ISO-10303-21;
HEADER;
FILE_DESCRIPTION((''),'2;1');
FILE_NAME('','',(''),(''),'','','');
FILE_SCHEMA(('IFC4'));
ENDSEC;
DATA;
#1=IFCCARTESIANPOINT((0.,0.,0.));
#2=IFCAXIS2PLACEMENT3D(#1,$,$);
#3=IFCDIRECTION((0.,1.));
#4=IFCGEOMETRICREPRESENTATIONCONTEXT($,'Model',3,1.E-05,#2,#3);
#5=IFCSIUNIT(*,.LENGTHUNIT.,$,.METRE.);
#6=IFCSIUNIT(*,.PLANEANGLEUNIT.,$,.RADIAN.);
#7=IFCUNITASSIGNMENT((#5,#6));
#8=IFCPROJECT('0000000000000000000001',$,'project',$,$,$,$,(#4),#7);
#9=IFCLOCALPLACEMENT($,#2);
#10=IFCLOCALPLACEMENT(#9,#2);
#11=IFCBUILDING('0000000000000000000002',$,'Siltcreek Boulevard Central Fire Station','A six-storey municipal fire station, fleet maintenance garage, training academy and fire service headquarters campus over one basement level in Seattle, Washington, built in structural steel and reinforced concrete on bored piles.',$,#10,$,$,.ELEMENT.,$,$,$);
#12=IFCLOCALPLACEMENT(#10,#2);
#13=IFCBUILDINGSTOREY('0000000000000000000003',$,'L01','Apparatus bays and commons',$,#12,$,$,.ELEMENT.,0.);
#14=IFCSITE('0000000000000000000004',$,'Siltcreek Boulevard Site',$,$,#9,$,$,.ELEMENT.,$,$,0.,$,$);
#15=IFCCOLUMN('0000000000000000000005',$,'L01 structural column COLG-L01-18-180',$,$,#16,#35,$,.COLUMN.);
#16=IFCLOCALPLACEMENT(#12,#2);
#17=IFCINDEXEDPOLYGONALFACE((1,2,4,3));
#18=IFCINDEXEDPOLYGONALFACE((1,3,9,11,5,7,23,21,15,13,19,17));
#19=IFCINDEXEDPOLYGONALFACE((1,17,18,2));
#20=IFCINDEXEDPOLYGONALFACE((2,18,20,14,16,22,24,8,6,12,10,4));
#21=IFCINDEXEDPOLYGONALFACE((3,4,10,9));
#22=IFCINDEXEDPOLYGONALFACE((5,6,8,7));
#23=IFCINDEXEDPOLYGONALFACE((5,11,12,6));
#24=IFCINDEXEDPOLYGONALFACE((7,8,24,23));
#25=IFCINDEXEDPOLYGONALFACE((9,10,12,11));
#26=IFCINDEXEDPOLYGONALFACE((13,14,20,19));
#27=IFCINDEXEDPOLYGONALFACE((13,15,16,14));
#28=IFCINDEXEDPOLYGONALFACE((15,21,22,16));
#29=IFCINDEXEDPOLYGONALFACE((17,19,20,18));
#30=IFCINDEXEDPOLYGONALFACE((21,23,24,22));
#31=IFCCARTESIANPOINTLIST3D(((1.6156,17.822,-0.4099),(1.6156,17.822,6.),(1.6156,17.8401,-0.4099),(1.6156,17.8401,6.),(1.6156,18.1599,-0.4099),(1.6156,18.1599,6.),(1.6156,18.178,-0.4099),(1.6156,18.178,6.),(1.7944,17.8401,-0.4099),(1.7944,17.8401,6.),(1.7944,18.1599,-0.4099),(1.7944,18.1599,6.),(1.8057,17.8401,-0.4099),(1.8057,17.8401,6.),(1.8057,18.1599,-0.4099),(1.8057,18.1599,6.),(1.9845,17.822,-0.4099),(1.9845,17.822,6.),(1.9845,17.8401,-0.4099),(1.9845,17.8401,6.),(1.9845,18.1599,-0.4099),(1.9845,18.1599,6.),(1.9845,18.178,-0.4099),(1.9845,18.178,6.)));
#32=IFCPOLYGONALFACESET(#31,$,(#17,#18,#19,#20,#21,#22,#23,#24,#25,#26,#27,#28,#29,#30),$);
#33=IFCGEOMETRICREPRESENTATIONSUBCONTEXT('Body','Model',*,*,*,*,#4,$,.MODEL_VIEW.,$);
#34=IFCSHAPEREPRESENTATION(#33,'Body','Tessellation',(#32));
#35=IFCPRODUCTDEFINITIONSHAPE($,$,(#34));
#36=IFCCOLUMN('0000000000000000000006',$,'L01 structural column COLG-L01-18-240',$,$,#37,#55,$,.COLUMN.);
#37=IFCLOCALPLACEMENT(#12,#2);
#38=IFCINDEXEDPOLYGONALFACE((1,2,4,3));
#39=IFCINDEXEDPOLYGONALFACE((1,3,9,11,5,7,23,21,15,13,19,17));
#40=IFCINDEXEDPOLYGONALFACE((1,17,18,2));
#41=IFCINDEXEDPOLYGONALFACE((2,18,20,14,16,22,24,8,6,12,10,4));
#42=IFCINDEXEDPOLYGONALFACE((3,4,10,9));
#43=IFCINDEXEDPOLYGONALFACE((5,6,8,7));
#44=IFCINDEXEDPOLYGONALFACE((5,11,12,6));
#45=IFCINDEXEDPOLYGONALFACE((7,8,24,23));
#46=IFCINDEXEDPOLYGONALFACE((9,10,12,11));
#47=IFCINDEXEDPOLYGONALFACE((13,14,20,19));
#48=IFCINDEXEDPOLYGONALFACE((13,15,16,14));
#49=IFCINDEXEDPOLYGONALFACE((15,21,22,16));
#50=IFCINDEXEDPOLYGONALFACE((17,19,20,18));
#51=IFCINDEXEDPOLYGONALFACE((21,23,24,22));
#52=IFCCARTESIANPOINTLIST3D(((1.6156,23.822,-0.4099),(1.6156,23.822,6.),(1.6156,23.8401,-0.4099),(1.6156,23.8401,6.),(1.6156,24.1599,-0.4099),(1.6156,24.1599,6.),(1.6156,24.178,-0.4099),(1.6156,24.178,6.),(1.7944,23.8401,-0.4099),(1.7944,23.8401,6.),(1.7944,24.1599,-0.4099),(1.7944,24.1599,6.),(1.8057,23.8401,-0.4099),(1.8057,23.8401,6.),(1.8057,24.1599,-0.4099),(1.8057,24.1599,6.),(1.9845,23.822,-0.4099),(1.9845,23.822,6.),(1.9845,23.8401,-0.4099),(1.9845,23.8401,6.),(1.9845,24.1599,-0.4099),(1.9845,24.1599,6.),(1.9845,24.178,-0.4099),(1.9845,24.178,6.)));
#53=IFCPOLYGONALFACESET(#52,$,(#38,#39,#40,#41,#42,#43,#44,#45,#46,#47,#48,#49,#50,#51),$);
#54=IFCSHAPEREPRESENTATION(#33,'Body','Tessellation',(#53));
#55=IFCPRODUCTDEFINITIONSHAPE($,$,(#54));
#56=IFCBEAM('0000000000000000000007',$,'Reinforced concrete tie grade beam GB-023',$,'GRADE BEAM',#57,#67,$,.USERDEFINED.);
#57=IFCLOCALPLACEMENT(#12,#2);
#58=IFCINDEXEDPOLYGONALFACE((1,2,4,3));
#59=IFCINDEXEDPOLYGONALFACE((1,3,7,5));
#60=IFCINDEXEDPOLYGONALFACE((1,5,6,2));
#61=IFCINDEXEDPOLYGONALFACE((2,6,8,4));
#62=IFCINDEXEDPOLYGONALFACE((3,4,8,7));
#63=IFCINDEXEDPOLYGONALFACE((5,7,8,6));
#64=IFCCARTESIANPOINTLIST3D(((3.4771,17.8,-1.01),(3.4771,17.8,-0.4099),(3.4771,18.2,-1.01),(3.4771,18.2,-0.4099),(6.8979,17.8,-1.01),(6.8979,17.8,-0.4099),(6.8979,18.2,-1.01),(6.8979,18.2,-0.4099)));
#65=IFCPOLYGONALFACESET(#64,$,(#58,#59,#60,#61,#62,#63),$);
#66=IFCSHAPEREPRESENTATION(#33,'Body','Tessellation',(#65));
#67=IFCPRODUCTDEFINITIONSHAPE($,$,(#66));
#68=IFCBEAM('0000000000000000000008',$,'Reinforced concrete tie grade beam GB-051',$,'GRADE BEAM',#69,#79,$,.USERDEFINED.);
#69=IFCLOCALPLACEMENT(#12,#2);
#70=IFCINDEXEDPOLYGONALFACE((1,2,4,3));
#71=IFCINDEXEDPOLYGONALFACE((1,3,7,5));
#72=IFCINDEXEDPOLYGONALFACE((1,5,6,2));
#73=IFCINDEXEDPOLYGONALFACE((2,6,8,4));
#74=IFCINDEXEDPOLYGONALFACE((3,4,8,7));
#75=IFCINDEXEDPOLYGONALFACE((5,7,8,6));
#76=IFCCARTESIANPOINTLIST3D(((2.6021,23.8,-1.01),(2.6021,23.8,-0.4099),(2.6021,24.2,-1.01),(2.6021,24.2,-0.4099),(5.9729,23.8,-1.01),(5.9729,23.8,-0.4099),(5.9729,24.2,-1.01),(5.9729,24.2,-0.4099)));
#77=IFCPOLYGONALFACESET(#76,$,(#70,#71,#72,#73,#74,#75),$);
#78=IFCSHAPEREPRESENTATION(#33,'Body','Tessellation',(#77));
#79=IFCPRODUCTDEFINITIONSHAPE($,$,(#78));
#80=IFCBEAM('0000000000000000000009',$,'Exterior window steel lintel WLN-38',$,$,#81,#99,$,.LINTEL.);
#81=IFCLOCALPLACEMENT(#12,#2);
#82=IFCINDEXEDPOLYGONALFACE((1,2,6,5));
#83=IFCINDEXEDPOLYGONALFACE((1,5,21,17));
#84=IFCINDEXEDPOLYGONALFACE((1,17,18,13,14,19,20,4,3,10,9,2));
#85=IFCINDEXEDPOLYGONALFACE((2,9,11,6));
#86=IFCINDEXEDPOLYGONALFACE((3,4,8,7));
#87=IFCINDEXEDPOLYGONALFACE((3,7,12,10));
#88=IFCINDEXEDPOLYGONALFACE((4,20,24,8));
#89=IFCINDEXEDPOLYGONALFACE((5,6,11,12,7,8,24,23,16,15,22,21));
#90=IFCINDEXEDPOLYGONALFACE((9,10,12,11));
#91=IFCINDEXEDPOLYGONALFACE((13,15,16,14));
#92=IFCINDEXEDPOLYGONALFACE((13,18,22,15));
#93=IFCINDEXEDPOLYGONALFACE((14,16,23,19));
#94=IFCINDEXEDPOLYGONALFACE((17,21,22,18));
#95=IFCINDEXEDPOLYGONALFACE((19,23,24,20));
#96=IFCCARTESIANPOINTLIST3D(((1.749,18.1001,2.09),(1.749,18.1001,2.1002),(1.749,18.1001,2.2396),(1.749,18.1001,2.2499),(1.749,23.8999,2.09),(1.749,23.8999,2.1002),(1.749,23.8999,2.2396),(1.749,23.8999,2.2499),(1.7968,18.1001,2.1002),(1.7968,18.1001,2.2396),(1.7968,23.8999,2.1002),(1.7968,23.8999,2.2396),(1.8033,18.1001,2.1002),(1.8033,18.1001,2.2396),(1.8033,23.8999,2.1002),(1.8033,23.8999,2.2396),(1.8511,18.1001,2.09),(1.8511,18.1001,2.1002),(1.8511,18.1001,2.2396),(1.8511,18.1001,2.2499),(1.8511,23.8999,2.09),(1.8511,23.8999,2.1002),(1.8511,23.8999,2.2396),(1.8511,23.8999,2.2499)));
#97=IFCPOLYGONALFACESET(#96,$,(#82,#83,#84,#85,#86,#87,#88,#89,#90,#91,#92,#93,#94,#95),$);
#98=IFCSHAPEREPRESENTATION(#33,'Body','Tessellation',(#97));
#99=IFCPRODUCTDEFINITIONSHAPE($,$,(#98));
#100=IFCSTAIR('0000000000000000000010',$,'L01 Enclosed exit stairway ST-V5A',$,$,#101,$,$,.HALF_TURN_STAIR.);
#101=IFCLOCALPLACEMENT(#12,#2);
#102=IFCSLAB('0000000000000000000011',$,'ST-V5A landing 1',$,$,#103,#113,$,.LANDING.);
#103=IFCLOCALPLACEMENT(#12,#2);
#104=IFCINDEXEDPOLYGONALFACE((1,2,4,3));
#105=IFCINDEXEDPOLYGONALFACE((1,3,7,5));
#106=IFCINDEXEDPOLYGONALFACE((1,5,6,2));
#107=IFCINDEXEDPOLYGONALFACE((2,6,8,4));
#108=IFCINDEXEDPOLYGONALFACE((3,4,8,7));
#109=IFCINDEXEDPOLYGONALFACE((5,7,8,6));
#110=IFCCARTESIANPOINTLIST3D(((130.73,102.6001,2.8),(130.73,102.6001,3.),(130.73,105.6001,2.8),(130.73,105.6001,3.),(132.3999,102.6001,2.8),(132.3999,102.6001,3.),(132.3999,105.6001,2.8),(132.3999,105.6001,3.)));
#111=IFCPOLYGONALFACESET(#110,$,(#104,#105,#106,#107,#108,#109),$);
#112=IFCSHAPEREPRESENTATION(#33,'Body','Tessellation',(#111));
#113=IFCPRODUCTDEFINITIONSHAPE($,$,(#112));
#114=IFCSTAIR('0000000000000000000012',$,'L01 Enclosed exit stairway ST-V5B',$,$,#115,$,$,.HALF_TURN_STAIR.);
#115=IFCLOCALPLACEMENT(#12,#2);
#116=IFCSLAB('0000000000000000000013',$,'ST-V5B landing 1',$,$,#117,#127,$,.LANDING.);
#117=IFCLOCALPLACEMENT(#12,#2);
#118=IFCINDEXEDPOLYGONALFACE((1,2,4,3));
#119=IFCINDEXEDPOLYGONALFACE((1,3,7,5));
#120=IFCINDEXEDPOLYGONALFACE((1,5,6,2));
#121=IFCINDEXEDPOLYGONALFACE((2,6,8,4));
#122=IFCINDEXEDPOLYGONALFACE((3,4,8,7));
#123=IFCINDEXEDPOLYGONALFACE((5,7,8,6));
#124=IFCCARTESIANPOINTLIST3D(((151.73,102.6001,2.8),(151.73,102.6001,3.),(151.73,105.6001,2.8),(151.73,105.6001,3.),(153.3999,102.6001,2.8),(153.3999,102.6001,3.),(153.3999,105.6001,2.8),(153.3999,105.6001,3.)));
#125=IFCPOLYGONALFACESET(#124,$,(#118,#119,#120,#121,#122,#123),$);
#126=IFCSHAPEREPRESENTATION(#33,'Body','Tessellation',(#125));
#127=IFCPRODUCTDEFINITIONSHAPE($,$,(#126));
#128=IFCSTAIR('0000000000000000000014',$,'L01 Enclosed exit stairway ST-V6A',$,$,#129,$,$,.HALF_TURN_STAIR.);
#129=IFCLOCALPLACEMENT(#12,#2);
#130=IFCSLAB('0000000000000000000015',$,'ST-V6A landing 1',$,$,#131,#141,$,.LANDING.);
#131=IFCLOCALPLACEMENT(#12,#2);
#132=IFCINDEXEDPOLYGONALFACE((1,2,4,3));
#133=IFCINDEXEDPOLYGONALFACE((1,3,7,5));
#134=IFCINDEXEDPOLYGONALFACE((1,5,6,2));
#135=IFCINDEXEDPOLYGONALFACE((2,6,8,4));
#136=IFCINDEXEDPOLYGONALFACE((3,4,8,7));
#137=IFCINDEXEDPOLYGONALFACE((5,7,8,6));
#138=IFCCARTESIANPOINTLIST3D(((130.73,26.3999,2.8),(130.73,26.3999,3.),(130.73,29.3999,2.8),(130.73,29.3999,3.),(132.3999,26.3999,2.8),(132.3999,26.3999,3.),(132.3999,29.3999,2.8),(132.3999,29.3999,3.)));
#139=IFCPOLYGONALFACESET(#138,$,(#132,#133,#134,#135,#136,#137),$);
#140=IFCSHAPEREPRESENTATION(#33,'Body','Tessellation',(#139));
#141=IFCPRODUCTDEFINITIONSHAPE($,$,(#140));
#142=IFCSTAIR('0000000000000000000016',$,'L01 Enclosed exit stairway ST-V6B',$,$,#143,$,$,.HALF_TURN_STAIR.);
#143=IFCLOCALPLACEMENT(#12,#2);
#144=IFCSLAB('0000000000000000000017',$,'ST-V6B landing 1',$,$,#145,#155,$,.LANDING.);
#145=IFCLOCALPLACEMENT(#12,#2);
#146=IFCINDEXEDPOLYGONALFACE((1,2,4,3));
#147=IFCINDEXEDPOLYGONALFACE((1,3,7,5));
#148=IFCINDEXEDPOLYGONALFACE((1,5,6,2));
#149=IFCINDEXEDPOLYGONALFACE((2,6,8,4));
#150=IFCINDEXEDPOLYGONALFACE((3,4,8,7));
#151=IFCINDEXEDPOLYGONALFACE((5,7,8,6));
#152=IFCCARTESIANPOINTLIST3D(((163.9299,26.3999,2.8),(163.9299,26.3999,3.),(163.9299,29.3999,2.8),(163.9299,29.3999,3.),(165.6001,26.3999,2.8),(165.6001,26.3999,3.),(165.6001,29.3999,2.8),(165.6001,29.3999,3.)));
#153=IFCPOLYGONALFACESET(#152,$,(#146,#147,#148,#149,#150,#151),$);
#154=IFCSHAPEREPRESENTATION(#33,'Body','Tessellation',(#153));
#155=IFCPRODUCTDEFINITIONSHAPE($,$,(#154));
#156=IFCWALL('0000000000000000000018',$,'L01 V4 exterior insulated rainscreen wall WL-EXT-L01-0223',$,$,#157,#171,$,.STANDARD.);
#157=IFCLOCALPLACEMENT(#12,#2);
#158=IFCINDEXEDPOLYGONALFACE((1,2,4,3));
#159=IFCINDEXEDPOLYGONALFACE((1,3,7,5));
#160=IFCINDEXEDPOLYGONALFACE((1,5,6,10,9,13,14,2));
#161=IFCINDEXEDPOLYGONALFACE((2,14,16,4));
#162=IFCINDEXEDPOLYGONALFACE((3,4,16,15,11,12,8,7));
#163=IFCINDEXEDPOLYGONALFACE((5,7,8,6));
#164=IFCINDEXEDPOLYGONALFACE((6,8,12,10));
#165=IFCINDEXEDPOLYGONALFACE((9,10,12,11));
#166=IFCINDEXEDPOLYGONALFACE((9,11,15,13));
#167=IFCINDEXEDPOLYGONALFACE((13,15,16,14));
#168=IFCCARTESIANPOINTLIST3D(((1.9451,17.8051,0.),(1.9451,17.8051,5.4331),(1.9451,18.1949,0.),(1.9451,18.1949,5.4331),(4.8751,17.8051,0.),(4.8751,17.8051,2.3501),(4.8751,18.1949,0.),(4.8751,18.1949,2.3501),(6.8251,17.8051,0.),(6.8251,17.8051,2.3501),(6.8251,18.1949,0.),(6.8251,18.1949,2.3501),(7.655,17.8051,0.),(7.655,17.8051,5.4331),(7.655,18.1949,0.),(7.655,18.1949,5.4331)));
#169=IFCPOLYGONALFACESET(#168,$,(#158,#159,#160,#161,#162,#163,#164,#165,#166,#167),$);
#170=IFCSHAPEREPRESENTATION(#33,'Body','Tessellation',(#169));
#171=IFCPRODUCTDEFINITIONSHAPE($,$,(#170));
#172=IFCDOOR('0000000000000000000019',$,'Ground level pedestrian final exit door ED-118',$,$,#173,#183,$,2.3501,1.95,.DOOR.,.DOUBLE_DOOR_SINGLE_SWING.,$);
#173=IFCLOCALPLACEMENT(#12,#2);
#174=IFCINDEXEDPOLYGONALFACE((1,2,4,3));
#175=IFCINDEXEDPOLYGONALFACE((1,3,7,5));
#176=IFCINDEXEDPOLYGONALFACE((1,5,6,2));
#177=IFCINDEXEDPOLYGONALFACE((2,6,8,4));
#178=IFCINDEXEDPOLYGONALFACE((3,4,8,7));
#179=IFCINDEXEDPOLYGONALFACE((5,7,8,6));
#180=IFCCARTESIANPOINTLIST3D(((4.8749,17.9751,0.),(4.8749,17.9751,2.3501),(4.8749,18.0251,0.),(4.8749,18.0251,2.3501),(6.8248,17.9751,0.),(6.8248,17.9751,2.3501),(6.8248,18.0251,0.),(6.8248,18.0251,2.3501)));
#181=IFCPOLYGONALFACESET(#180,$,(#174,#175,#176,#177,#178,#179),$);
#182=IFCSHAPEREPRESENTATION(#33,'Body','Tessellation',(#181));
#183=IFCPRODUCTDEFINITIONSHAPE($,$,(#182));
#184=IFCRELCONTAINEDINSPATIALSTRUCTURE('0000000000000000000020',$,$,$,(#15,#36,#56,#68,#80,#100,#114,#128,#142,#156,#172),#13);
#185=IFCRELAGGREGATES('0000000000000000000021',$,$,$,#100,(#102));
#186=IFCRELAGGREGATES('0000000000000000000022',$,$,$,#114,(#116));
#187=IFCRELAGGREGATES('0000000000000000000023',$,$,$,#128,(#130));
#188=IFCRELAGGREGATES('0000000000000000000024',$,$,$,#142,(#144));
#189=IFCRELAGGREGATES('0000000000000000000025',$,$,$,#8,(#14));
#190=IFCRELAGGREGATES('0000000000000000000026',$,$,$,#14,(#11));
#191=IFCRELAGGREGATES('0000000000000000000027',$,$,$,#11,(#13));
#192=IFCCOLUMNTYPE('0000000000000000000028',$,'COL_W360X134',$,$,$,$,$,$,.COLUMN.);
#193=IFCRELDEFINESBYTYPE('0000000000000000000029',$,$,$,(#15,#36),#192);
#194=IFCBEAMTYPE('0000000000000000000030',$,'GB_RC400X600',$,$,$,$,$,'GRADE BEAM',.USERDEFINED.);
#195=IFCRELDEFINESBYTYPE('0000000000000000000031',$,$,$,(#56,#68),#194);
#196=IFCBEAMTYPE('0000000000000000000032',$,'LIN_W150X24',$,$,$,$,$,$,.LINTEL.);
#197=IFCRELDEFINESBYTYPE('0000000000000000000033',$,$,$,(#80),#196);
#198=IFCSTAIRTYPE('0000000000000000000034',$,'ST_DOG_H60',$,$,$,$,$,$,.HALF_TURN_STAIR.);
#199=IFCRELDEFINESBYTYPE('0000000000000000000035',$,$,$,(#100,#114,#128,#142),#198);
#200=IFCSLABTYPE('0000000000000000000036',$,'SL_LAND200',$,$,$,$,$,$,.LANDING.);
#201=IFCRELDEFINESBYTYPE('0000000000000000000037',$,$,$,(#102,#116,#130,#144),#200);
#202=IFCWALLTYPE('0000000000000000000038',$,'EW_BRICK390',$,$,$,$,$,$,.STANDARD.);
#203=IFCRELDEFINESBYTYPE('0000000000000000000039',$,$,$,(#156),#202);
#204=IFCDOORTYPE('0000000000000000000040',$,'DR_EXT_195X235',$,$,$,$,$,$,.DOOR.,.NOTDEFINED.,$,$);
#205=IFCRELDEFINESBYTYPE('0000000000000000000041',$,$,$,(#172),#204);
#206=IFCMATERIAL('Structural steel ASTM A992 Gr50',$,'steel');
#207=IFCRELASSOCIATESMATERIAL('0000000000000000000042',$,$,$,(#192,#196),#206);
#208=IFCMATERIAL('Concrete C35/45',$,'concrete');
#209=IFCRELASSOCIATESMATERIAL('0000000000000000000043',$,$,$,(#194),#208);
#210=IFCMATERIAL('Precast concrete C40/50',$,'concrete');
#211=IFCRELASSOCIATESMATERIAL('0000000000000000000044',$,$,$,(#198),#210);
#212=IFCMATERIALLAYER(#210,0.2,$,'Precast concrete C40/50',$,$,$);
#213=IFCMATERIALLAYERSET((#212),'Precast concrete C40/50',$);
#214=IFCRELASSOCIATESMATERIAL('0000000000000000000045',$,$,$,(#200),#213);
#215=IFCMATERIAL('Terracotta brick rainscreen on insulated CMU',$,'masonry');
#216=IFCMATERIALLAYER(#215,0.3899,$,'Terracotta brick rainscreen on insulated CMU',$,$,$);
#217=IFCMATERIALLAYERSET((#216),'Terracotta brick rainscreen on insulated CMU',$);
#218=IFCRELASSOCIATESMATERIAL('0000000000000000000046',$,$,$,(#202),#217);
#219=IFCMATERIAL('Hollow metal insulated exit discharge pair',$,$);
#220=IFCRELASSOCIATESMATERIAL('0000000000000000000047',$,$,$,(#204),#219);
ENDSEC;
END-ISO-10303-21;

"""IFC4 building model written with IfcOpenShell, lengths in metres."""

from ifc_helpers import new_model, si_unit, direction, frame, frame_2d, origin, origin_2d, place, context, subcontext, project, spatial, polyline, rectangle, i_section, outline, extrude, material, layer, layer_set, material_profile, profile_set, type_object, element, fill, aggregate, save


model = new_model("IFC4")

# Units and contexts
model_context = context("Model", 3, precision=1e-05, world=origin(), true_north=direction((0.0, 1.0)))
body_context = subcontext(model_context, "Body", "Model", "MODEL_VIEW")
ifc_project = project(units=[si_unit("LENGTHUNIT", "METRE"), si_unit("PLANEANGLEUNIT", "RADIAN")], contexts=[model_context])

# Site, building, storey
site_placement = place(None, origin())
site = spatial("IfcSite", under=ifc_project, at=site_placement, Name="Siltcreek Boulevard Site", CompositionType="ELEMENT", RefElevation=0.0)
building_placement = place(site_placement, origin())
building = spatial("IfcBuilding", under=site, at=building_placement, Name="Siltcreek Boulevard Central Fire Station", Description="A six-storey municipal fire station, fleet maintenance garage, training academy and fire service headquarters campus over one basement level in Seattle, Washington, built in structural steel and reinforced concrete on bored piles.", CompositionType="ELEMENT")
storey_placement = place(building_placement, origin())
storey = spatial("IfcBuildingStorey", under=building, at=storey_placement, Name="L01", Description="Apparatus bays and commons", CompositionType="ELEMENT", Elevation=0.0)

# Shared definitions
ifc_material_1 = material(Name="Concrete C35/45", Category="concrete")

# Columns
ifc_material_2 = material(Name="Structural steel ASTM A992 Gr50", Category="steel")
ifc_material_profile_1 = material_profile(ifc_material_2, i_section(OverallWidth=0.3689, OverallDepth=0.356, WebThickness=0.0112, FlangeThickness=0.0181, at=origin_2d()), Name="W360X134")
ifc_profile_set_1 = profile_set([ifc_material_profile_1], Name="Structural steel ASTM A992 Gr50")
column_type = type_object("IfcColumnType", Name="COL_W360X134", PredefinedType="COLUMN", material=ifc_profile_set_1)
for number, where, z_axis, x_axis, name in (
    (1, (1.8, 18.0, -0.4099), (0.0, 0.0, 1.0), (1.0, 0.0, 0.0), "L01 structural column COLG-L01-18-180"),
    (2, (1.8, 24.0, -0.4099), (0.0, 0.0, 1.0), (1.0, 0.0, 0.0), "L01 structural column COLG-L01-18-240"),
):
    element("IfcColumn", number, at=place(storey_placement, frame(where, z_axis=z_axis, x_axis=x_axis)), inside=storey, type_object=column_type, Name=name, PredefinedType="COLUMN", context=body_context, shape_type="SweptSolid", body=[
        extrude(i_section(OverallWidth=0.3689, OverallDepth=0.356, WebThickness=0.0112, FlangeThickness=0.0181, at=origin_2d()), origin(), (0.0, 0.0, 1.0), 6.4099),
    ])

# Beams
ifc_material_profile_2 = material_profile(ifc_material_1, rectangle(XDim=0.3999, YDim=0.6001, at=origin_2d()), Name="RC400X600")
ifc_profile_set_2 = profile_set([ifc_material_profile_2], Name="Concrete C35/45")
beam_type_1 = type_object("IfcBeamType", Name="GB_RC400X600", ElementType="GRADE BEAM", PredefinedType="USERDEFINED", material=ifc_profile_set_2)
beam_1_placement = place(storey_placement, frame((3.4771, 18.0, -0.71), z_axis=(1.0, 0.0, 0.0), x_axis=(0.0, 1.0, 0.0)))
element("IfcBeam", 3, at=beam_1_placement, inside=storey, type_object=beam_type_1, Name="Reinforced concrete tie grade beam GB-023", ObjectType="GRADE BEAM", PredefinedType="USERDEFINED", context=body_context, shape_type="SweptSolid", body=[
    extrude(rectangle(XDim=0.3999, YDim=0.6001, at=origin_2d()), origin(), (0.0, 0.0, 1.0), 3.4209),
])
beam_2_placement = place(storey_placement, frame((2.6021, 24.0, -0.71), z_axis=(1.0, 0.0, 0.0), x_axis=(0.0, 1.0, 0.0)))
element("IfcBeam", 4, at=beam_2_placement, inside=storey, type_object=beam_type_1, Name="Reinforced concrete tie grade beam GB-051", ObjectType="GRADE BEAM", PredefinedType="USERDEFINED", context=body_context, shape_type="SweptSolid", body=[
    extrude(rectangle(XDim=0.3999, YDim=0.6001, at=origin_2d()), origin(), (0.0, 0.0, 1.0), 3.3708),
])
ifc_material_profile_3 = material_profile(ifc_material_2, i_section(OverallWidth=0.1021, OverallDepth=0.1599, WebThickness=0.0066, FlangeThickness=0.0103, at=origin_2d()), Name="W150X24")
ifc_profile_set_3 = profile_set([ifc_material_profile_3], Name="Structural steel ASTM A992 Gr50")
beam_type_2 = type_object("IfcBeamType", Name="LIN_W150X24", PredefinedType="LINTEL", material=ifc_profile_set_3)
beam_3_placement = place(storey_placement, frame((1.8, 23.8999, 2.1699), z_axis=(0.0, -1.0, 0.0), x_axis=(1.0, 0.0, 0.0)))
element("IfcBeam", 5, at=beam_3_placement, inside=storey, type_object=beam_type_2, Name="Exterior window steel lintel WLN-38", PredefinedType="LINTEL", context=body_context, shape_type="SweptSolid", body=[
    extrude(i_section(OverallWidth=0.1021, OverallDepth=0.1599, WebThickness=0.0066, FlangeThickness=0.0103, at=origin_2d()), origin(), (0.0, 0.0, 1.0), 5.7998),
])

# Stairs, slabs
ifc_material_3 = material(Name="Precast concrete C40/50", Category="concrete")
stair_type = type_object("IfcStairType", Name="ST_DOG_H60", PredefinedType="HALF_TURN_STAIR", material=ifc_material_3)
stair_1_placement = place(storey_placement, origin())
stair_1 = element("IfcStair", 6, at=stair_1_placement, inside=storey, type_object=stair_type, Name="L01 Enclosed exit stairway ST-V5A", PredefinedType="HALF_TURN_STAIR")
ifc_layer_1 = layer(ifc_material_3, 0.2, Name="Precast concrete C40/50")
ifc_layer_set_1 = layer_set([ifc_layer_1], Name="Precast concrete C40/50")
slab_type = type_object("IfcSlabType", Name="SL_LAND200", PredefinedType="LANDING", material=ifc_layer_set_1)
slab_1_placement = place(storey_placement, frame((0.0, 0.0, 2.8)))
slab_1 = element("IfcSlab", 7, at=slab_1_placement, type_object=slab_type, Name="ST-V5A landing 1", PredefinedType="LANDING", context=body_context, shape_type="SweptSolid", body=[
    extrude(outline(polyline([(130.73, 102.6001), (132.3999, 102.6001), (132.3999, 105.6001), (130.73, 105.6001), (130.73, 102.6001)])), origin(), (0.0, 0.0, 1.0), 0.2),
])
aggregate(stair_1, [slab_1])
stair_2_placement = place(storey_placement, origin())
stair_2 = element("IfcStair", 8, at=stair_2_placement, inside=storey, type_object=stair_type, Name="L01 Enclosed exit stairway ST-V5B", PredefinedType="HALF_TURN_STAIR")
slab_2_placement = place(storey_placement, frame((0.0, 0.0, 2.8)))
slab_2 = element("IfcSlab", 9, at=slab_2_placement, type_object=slab_type, Name="ST-V5B landing 1", PredefinedType="LANDING", context=body_context, shape_type="SweptSolid", body=[
    extrude(outline(polyline([(151.73, 102.6001), (153.3999, 102.6001), (153.3999, 105.6001), (151.73, 105.6001), (151.73, 102.6001)])), origin(), (0.0, 0.0, 1.0), 0.2),
])
aggregate(stair_2, [slab_2])
stair_3_placement = place(storey_placement, origin())
stair_3 = element("IfcStair", 10, at=stair_3_placement, inside=storey, type_object=stair_type, Name="L01 Enclosed exit stairway ST-V6A", PredefinedType="HALF_TURN_STAIR")
slab_3_placement = place(storey_placement, frame((0.0, 0.0, 2.8)))
slab_3 = element("IfcSlab", 11, at=slab_3_placement, type_object=slab_type, Name="ST-V6A landing 1", PredefinedType="LANDING", context=body_context, shape_type="SweptSolid", body=[
    extrude(outline(polyline([(130.73, 26.3999), (132.3999, 26.3999), (132.3999, 29.3999), (130.73, 29.3999), (130.73, 26.3999)])), origin(), (0.0, 0.0, 1.0), 0.2),
])
aggregate(stair_3, [slab_3])
stair_4_placement = place(storey_placement, origin())
stair_4 = element("IfcStair", 12, at=stair_4_placement, inside=storey, type_object=stair_type, Name="L01 Enclosed exit stairway ST-V6B", PredefinedType="HALF_TURN_STAIR")
slab_4_placement = place(storey_placement, frame((0.0, 0.0, 2.8)))
slab_4 = element("IfcSlab", 13, at=slab_4_placement, type_object=slab_type, Name="ST-V6B landing 1", PredefinedType="LANDING", context=body_context, shape_type="SweptSolid", body=[
    extrude(outline(polyline([(163.9299, 26.3999), (165.6001, 26.3999), (165.6001, 29.3999), (163.9299, 29.3999), (163.9299, 26.3999)])), origin(), (0.0, 0.0, 1.0), 0.2),
])
aggregate(stair_4, [slab_4])

# Wall, opening, door
ifc_material_4 = material(Name="Terracotta brick rainscreen on insulated CMU", Category="masonry")
ifc_layer_2 = layer(ifc_material_4, 0.3899, Name="Terracotta brick rainscreen on insulated CMU")
ifc_layer_set_2 = layer_set([ifc_layer_2], Name="Terracotta brick rainscreen on insulated CMU")
wall_type_1 = type_object("IfcWallType", Name="EW_BRICK390", PredefinedType="STANDARD", material=ifc_layer_set_2)
wall_1_placement = place(storey_placement, frame((1.9451, 18.0, 0.0), z_axis=(0.0, 0.0, 1.0), x_axis=(1.0, 0.0, 0.0)))
wall_1 = element("IfcWall", 14, at=wall_1_placement, inside=storey, type_object=wall_type_1, Name="L01 V4 exterior insulated rainscreen wall WL-EXT-L01-0223", PredefinedType="STANDARD", context=body_context, shape_type="SweptSolid", body=[
    extrude(rectangle(XDim=5.71, YDim=0.3899, at=frame_2d((2.855, 0.0))), origin(), (0.0, 0.0, 1.0), 5.4331),
])
opening_1_placement = place(wall_1_placement, frame((2.9299, 0.0, 0.0)))
opening_1 = element("IfcOpeningElement", 15, at=opening_1_placement, cuts=wall_1, PredefinedType="OPENING", context=body_context, shape_type="SweptSolid", body=[
    extrude(rectangle(XDim=1.95, YDim=2.3501, at=frame_2d((0.9751, 1.175))), frame((0.0, 0.2048, 0.0), z_axis=(0.0, -1.0, 0.0), x_axis=(1.0, 0.0, 0.0)), (0.0, 0.0, 1.0), 0.4099),
])
ifc_material_5 = material(Name="Hollow metal insulated exit discharge pair")
door_type = type_object("IfcDoorType", Name="DR_EXT_195X235", OperationType="NOTDEFINED", PredefinedType="DOOR", material=ifc_material_5)
door_placement = place(opening_1_placement, frame((1.95, 0.0, 0.0), z_axis=(0.0, 0.0, 1.0), x_axis=(-1.0, 0.0, 0.0)))
door = element("IfcDoor", 16, at=door_placement, inside=storey, type_object=door_type, Name="Ground level pedestrian final exit door ED-118", OperationType="DOUBLE_DOOR_SINGLE_SWING", OverallHeight=2.3501, OverallWidth=1.95, PredefinedType="DOOR", context=body_context, shape_type="SweptSolid", body=[
    extrude(rectangle(XDim=1.95, YDim=2.3501, at=frame_2d((0.9751, 1.175))), frame((0.0, 0.0249, 0.0), z_axis=(0.0, -1.0, 0.0), x_axis=(1.0, 0.0, 0.0)), (0.0, 0.0, 1.0), 0.05),
])
fill(opening_1, door)

save(model, "model.ifc")
